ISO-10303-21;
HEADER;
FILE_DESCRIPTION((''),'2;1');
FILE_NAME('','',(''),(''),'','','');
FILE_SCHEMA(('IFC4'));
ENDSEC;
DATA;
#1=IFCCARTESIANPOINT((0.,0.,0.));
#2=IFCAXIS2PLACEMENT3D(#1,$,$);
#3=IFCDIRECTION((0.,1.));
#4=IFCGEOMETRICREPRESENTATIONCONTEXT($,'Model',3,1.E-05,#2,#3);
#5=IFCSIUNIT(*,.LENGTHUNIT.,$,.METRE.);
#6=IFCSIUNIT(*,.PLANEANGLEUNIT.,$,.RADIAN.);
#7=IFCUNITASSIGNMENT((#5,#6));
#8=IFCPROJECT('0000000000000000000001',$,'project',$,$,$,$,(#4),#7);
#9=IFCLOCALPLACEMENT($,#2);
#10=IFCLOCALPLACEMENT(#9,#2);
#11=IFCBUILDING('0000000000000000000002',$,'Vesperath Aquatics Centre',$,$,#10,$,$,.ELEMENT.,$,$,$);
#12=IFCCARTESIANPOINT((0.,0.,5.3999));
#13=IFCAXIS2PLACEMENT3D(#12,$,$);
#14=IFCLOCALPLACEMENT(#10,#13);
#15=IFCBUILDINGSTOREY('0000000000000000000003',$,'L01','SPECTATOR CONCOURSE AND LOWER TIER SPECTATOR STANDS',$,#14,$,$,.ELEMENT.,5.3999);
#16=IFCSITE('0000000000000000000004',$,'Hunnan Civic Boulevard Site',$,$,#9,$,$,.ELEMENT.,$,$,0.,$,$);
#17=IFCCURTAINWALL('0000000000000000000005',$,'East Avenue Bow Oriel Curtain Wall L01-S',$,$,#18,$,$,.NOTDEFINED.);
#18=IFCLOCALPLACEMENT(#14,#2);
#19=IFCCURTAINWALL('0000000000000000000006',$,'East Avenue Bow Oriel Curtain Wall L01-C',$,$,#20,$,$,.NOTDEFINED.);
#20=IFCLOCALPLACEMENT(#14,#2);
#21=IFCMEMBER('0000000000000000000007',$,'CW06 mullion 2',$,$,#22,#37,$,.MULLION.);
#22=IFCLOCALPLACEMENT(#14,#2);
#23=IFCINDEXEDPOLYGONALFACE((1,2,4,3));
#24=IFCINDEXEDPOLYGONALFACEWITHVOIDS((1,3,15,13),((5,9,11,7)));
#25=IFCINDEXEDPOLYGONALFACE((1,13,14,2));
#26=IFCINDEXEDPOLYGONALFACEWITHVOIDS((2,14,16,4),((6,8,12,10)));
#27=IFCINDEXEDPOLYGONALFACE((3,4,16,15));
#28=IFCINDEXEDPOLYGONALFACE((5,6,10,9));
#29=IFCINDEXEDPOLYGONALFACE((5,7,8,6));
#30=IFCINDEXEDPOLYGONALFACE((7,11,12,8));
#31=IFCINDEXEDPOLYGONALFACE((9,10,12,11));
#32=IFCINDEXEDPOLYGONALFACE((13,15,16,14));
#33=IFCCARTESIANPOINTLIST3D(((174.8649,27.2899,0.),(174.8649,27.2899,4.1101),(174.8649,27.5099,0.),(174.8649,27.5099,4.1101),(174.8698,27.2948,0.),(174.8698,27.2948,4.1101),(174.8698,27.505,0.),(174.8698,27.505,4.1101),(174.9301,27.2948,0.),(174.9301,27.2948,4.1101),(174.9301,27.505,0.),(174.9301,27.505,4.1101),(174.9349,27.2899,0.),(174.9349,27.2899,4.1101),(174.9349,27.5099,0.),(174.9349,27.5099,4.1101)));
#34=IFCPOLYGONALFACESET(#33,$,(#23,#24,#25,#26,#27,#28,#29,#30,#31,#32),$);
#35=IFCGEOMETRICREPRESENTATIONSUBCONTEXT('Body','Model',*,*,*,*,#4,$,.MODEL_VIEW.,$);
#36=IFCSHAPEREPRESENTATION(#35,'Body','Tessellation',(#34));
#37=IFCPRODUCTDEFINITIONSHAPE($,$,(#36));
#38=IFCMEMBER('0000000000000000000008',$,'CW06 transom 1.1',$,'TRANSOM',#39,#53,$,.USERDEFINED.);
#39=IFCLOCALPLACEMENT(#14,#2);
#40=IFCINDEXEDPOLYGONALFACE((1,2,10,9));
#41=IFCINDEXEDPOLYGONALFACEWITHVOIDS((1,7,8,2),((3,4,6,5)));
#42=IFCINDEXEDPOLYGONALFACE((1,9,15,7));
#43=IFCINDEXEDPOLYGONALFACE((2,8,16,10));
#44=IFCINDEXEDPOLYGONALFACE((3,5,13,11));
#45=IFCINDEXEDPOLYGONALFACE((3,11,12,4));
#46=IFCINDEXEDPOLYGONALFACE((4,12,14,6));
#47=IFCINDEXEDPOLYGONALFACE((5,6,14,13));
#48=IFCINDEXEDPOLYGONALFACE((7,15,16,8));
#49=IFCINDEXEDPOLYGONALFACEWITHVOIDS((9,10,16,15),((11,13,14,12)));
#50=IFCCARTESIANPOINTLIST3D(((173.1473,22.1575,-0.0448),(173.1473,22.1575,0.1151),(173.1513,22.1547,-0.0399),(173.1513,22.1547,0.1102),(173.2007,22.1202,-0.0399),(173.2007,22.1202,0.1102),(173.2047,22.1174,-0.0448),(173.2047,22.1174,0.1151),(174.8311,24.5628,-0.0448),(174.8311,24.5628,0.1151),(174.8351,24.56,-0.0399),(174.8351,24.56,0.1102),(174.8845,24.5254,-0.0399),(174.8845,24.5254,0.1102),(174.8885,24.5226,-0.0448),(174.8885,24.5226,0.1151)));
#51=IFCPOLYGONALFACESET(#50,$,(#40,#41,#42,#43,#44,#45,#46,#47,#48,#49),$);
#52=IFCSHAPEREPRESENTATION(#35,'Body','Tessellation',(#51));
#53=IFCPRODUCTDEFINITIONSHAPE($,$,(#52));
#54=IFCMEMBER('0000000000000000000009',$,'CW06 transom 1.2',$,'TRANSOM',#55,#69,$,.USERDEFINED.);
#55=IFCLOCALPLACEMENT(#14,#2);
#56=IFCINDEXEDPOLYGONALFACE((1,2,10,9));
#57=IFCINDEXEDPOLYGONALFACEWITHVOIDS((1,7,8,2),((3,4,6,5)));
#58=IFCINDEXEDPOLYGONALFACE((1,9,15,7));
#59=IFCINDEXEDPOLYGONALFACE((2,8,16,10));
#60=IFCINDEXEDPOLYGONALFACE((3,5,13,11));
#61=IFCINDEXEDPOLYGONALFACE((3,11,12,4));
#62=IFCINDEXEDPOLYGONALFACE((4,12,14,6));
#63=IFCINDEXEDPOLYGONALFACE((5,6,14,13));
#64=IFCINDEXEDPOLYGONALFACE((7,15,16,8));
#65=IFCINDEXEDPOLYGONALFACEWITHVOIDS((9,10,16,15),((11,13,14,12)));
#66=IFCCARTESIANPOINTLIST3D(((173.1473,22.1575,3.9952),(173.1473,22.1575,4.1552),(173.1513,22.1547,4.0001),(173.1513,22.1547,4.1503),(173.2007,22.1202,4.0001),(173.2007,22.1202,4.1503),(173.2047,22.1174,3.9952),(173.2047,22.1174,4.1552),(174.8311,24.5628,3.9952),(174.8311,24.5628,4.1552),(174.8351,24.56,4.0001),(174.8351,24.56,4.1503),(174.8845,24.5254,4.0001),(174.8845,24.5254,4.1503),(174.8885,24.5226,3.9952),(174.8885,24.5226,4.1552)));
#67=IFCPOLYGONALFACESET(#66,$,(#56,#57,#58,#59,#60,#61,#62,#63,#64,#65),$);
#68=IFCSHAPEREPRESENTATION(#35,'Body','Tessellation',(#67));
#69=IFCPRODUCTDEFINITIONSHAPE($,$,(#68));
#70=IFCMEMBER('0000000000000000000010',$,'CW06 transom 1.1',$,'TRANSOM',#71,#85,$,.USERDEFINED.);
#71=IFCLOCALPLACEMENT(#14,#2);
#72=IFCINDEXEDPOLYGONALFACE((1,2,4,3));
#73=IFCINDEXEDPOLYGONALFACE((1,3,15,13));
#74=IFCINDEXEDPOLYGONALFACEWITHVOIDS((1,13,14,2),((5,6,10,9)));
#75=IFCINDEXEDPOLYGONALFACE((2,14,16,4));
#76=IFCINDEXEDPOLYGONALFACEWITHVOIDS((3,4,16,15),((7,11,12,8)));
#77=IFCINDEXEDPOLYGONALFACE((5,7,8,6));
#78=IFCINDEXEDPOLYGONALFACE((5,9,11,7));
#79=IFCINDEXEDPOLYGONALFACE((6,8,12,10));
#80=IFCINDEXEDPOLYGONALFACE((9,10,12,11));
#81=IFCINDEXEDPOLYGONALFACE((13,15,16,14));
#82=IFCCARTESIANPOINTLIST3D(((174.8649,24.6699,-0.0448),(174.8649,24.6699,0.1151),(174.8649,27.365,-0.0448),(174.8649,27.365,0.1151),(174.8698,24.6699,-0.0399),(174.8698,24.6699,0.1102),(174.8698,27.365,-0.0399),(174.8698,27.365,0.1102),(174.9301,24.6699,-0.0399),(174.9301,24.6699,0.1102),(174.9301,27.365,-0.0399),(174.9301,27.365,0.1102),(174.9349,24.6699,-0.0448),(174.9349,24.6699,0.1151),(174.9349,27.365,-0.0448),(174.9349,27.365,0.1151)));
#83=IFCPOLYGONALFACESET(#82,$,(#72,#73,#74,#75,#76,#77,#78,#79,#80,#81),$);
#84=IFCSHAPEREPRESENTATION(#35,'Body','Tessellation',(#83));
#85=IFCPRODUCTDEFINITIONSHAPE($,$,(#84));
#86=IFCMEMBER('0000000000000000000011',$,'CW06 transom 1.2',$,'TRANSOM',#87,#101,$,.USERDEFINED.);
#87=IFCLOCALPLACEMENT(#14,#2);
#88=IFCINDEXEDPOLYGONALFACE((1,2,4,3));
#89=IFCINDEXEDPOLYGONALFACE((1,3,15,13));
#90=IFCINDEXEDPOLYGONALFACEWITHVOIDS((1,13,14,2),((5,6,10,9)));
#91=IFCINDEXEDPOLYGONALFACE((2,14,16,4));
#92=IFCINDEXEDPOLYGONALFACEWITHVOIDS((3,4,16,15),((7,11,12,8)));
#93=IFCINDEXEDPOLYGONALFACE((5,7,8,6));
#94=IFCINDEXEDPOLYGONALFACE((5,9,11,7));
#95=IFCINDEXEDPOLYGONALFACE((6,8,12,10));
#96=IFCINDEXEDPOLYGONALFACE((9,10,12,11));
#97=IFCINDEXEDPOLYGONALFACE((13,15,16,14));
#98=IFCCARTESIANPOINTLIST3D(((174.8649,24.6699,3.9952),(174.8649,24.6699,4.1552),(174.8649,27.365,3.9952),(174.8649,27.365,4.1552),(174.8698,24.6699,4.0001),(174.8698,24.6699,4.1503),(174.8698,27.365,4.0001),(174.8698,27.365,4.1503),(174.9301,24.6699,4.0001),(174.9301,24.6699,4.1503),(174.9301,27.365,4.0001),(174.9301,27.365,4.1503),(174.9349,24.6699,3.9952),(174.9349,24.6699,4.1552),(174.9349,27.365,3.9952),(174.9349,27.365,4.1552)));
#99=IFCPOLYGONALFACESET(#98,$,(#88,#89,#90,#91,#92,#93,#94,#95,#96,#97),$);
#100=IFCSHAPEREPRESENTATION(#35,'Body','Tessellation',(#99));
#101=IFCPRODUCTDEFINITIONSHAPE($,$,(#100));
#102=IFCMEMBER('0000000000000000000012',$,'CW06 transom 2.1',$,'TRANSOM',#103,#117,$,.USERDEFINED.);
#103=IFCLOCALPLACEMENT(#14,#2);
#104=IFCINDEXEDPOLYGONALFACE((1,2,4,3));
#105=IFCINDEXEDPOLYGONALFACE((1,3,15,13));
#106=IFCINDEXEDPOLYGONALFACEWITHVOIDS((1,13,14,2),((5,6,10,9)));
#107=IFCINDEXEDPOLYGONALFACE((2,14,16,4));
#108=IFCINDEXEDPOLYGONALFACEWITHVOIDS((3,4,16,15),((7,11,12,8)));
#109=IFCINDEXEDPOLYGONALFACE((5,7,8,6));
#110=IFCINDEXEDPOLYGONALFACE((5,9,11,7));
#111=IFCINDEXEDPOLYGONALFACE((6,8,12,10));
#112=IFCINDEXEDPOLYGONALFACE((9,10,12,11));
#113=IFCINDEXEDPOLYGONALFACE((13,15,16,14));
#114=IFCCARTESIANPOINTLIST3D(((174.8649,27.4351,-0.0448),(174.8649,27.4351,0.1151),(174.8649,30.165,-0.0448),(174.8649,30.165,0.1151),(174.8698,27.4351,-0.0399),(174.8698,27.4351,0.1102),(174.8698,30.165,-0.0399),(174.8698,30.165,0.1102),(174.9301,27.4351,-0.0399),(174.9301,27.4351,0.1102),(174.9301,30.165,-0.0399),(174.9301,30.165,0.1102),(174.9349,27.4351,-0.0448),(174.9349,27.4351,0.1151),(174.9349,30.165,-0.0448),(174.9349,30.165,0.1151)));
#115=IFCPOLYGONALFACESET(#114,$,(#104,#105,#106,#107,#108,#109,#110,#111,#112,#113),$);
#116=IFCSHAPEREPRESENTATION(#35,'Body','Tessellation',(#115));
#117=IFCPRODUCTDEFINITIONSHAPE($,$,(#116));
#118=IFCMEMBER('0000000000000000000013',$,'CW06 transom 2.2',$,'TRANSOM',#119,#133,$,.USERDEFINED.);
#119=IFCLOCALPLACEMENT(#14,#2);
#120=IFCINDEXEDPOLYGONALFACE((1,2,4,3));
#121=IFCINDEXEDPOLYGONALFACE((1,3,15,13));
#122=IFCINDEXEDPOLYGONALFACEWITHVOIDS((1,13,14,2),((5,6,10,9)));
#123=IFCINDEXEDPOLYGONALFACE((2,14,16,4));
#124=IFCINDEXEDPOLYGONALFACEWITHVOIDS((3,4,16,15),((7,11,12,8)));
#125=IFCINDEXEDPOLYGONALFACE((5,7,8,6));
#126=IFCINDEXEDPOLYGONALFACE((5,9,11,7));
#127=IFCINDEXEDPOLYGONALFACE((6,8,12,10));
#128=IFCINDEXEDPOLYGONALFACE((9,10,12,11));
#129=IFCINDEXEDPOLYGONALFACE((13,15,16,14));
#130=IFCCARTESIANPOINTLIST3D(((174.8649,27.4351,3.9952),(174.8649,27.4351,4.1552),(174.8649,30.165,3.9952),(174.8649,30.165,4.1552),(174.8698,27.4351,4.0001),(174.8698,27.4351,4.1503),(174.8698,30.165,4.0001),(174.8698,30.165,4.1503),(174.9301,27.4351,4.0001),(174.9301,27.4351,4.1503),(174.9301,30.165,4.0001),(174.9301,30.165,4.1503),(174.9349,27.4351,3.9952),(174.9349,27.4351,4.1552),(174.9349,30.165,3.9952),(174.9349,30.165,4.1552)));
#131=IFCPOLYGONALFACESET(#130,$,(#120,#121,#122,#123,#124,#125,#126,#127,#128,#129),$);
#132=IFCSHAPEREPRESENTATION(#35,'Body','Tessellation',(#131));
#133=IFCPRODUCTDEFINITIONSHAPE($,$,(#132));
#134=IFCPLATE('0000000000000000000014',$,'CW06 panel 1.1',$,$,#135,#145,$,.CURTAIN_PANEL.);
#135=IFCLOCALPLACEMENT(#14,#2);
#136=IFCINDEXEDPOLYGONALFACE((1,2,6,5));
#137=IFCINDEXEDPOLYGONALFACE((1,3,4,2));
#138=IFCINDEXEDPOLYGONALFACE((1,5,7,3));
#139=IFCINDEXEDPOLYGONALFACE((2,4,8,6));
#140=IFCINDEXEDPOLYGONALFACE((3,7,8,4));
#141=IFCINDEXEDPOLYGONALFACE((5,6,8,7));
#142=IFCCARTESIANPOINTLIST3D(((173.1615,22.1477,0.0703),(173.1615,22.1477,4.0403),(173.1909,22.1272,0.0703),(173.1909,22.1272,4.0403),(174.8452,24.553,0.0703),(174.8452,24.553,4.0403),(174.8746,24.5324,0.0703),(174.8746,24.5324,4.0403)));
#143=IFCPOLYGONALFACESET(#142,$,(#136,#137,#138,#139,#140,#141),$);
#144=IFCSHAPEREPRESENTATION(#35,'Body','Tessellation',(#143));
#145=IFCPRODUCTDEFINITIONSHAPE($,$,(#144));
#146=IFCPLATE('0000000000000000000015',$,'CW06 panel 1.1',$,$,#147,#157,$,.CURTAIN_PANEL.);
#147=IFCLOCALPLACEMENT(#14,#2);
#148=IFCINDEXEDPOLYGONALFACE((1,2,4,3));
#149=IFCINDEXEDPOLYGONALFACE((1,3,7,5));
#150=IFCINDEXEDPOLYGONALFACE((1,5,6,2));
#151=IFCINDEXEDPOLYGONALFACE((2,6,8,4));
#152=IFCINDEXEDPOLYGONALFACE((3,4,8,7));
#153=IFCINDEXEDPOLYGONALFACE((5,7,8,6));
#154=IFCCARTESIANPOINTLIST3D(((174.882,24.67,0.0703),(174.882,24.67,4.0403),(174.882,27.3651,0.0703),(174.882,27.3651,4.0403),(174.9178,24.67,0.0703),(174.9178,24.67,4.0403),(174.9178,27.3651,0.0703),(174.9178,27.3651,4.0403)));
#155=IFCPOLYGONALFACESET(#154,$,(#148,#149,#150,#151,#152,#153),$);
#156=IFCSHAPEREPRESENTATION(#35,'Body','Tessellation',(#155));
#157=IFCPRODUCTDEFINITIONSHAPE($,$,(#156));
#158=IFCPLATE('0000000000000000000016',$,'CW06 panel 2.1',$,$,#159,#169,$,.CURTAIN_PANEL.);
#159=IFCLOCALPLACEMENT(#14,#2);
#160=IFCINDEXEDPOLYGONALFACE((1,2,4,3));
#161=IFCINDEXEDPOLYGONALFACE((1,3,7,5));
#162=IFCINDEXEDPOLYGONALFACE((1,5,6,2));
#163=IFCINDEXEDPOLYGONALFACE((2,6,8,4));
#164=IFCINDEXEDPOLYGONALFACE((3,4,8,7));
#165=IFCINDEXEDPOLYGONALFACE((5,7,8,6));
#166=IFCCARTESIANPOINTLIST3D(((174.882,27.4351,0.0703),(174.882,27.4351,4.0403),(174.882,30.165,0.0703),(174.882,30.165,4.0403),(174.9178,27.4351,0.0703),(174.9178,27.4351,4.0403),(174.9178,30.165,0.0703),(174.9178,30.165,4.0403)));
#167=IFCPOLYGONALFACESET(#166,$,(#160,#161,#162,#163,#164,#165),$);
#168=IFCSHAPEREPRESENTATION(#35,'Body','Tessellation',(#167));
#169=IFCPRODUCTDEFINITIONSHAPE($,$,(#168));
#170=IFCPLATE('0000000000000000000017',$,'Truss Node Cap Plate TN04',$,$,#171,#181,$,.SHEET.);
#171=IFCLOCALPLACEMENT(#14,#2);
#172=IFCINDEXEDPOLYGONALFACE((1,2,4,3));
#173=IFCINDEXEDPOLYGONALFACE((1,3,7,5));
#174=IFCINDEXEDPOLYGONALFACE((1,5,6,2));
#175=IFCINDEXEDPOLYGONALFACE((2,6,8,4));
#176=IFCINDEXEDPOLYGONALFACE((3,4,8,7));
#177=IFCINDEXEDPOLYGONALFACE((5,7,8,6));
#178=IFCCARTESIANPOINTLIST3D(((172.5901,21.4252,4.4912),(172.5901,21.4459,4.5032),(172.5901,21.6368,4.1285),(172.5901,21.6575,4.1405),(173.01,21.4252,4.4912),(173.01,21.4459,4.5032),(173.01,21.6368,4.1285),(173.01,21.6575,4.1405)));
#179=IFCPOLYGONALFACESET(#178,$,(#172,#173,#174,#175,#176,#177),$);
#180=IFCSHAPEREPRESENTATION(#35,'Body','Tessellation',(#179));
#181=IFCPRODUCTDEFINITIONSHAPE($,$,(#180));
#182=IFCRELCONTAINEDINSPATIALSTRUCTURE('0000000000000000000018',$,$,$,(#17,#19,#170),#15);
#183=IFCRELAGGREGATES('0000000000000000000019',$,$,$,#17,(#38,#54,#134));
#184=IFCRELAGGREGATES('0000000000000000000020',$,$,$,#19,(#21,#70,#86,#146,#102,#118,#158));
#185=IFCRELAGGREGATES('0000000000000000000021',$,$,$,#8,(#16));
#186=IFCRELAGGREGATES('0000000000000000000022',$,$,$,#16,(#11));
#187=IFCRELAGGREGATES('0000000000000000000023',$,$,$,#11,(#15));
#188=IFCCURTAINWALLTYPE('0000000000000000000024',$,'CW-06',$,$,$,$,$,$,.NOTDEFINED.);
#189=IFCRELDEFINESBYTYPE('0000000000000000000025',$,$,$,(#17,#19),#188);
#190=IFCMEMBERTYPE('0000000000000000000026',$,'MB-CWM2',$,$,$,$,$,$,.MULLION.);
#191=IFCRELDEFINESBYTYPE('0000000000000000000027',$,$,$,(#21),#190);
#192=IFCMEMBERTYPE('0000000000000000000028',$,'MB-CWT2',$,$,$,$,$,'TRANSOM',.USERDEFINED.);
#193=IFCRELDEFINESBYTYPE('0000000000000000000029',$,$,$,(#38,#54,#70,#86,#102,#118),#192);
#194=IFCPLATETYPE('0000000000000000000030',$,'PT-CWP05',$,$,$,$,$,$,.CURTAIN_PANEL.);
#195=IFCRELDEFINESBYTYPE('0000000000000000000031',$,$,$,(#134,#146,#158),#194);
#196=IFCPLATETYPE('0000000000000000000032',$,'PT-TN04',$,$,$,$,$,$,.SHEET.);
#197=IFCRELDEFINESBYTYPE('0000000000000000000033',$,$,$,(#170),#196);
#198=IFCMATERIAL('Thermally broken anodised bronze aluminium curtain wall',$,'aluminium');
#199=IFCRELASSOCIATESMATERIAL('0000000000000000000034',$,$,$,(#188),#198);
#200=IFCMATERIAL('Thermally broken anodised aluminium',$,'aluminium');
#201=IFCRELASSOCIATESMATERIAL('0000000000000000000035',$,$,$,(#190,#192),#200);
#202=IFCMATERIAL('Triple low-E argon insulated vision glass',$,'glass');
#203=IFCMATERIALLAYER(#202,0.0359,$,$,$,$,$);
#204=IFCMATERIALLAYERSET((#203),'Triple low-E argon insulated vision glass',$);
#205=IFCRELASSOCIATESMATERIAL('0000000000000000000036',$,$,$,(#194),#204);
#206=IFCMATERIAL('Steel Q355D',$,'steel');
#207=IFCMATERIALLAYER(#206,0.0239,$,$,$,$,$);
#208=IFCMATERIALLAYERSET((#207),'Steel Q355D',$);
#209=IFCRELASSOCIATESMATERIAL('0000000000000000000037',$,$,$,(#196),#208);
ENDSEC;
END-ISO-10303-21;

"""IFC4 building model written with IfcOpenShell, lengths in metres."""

from ifc_helpers import new_model, si_unit, direction, frame, origin, origin_2d, place, context, subcontext, project, spatial, rectangle, hollow_rectangle, extrude, material, layer, layer_set, material_profile, profile_set, type_object, element, aggregate, save


model = new_model("IFC4")

# Units and contexts
model_context = context("Model", 3, precision=1e-05, world=origin(), true_north=direction((0.0, 1.0)))
body_context = subcontext(model_context, "Body", "Model", "MODEL_VIEW")
ifc_project = project(units=[si_unit("LENGTHUNIT", "METRE"), si_unit("PLANEANGLEUNIT", "RADIAN")], contexts=[model_context])

# Site, building, storey
site_placement = place(None, origin())
site = spatial("IfcSite", under=ifc_project, at=site_placement, Name="Hunnan Civic Boulevard Site", CompositionType="ELEMENT", RefElevation=0.0)
building_placement = place(site_placement, origin())
building = spatial("IfcBuilding", under=site, at=building_placement, Name="Vesperath Aquatics Centre", CompositionType="ELEMENT")
storey_placement = place(building_placement, frame((0.0, 0.0, 5.3999)))
storey = spatial("IfcBuildingStorey", under=building, at=storey_placement, Name="L01", Description="SPECTATOR CONCOURSE AND LOWER TIER SPECTATOR STANDS", CompositionType="ELEMENT", Elevation=5.3999)

# Shared definitions
ifc_material_1 = material(Name="Steel Q355D", Category="steel")

# Curtain walls, member
ifc_material_2 = material(Name="Thermally broken anodised bronze aluminium curtain wall", Category="aluminium")
curtain_wall_type = type_object("IfcCurtainWallType", Name="CW-06", PredefinedType="NOTDEFINED", material=ifc_material_2)
curtain_wall_1_placement = place(storey_placement, origin())
curtain_wall_1 = element("IfcCurtainWall", 1, at=curtain_wall_1_placement, inside=storey, type_object=curtain_wall_type, Name="East Avenue Bow Oriel Curtain Wall L01-S", PredefinedType="NOTDEFINED")
ifc_material_3 = material(Name="Thermally broken anodised aluminium", Category="aluminium")
ifc_material_profile_1 = material_profile(ifc_material_3, hollow_rectangle(XDim=0.0701, YDim=0.22, WallThickness=0.0049, at=origin_2d()), Name="CWM 70x220x5")
ifc_profile_set_1 = profile_set([ifc_material_profile_1], Name="Thermally broken anodised aluminium")
member_type_1 = type_object("IfcMemberType", Name="MB-CWM2", PredefinedType="MULLION", material=ifc_profile_set_1)
curtain_wall_2_placement = place(storey_placement, origin())
curtain_wall_2 = element("IfcCurtainWall", 2, at=curtain_wall_2_placement, inside=storey, type_object=curtain_wall_type, Name="East Avenue Bow Oriel Curtain Wall L01-C", PredefinedType="NOTDEFINED")
member_1_placement = place(storey_placement, frame((174.8999, 27.3999, 0.0), z_axis=(0.0, 0.0, 1.0), x_axis=(-1.0, 0.0, 0.0)))
member_1 = element("IfcMember", 3, at=member_1_placement, type_object=member_type_1, Name="CW06 mullion 2", PredefinedType="MULLION", context=body_context, shape_type="SweptSolid", body=[
    extrude(hollow_rectangle(XDim=0.0701, YDim=0.22, WallThickness=0.0049, at=origin_2d()), origin(), (0.0, 0.0, 1.0), 4.1101),
])

# Members
ifc_material_profile_2 = material_profile(ifc_material_3, hollow_rectangle(XDim=0.0701, YDim=0.1599, WallThickness=0.0049, at=origin_2d()), Name="CWT 70x160x5")
ifc_profile_set_2 = profile_set([ifc_material_profile_2], Name="Thermally broken anodised aluminium")
member_type_2 = type_object("IfcMemberType", Name="MB-CWT2", ElementType="TRANSOM", PredefinedType="USERDEFINED", material=ifc_profile_set_2)
member_2_placement = place(storey_placement, frame((173.176, 22.1375, 0.0352), z_axis=(0.573496, 0.819208, 0.0), x_axis=(-0.819208, 0.573496, 0.0)))
member_2 = element("IfcMember", 4, at=member_2_placement, type_object=member_type_2, Name="CW06 transom 1.1", ObjectType="TRANSOM", PredefinedType="USERDEFINED", context=body_context, shape_type="SweptSolid", body=[
    extrude(hollow_rectangle(XDim=0.0701, YDim=0.1599, WallThickness=0.0049, at=origin_2d()), origin(), (0.0, 0.0, 1.0), 2.936),
])
member_3_placement = place(storey_placement, frame((173.176, 22.1375, 4.0752), z_axis=(0.573496, 0.819208, 0.0), x_axis=(-0.819208, 0.573496, 0.0)))
member_3 = element("IfcMember", 5, at=member_3_placement, type_object=member_type_2, Name="CW06 transom 1.2", ObjectType="TRANSOM", PredefinedType="USERDEFINED", context=body_context, shape_type="SweptSolid", body=[
    extrude(hollow_rectangle(XDim=0.0701, YDim=0.1599, WallThickness=0.0049, at=origin_2d()), origin(), (0.0, 0.0, 1.0), 2.936),
])
member_4_placement = place(storey_placement, frame((174.8999, 24.6699, 0.0352), z_axis=(0.0, 1.0, 0.0), x_axis=(-1.0, 0.0, 0.0)))
member_4 = element("IfcMember", 6, at=member_4_placement, type_object=member_type_2, Name="CW06 transom 1.1", ObjectType="TRANSOM", PredefinedType="USERDEFINED", context=body_context, shape_type="SweptSolid", body=[
    extrude(hollow_rectangle(XDim=0.0701, YDim=0.1599, WallThickness=0.0049, at=origin_2d()), origin(), (0.0, 0.0, 1.0), 2.6951),
])
member_5_placement = place(storey_placement, frame((174.8999, 24.6699, 4.0752), z_axis=(0.0, 1.0, 0.0), x_axis=(-1.0, 0.0, 0.0)))
member_5 = element("IfcMember", 7, at=member_5_placement, type_object=member_type_2, Name="CW06 transom 1.2", ObjectType="TRANSOM", PredefinedType="USERDEFINED", context=body_context, shape_type="SweptSolid", body=[
    extrude(hollow_rectangle(XDim=0.0701, YDim=0.1599, WallThickness=0.0049, at=origin_2d()), origin(), (0.0, 0.0, 1.0), 2.6951),
])
member_6_placement = place(storey_placement, frame((174.8999, 27.4351, 0.0352), z_axis=(0.0, 1.0, 0.0), x_axis=(-1.0, 0.0, 0.0)))
member_6 = element("IfcMember", 8, at=member_6_placement, type_object=member_type_2, Name="CW06 transom 2.1", ObjectType="TRANSOM", PredefinedType="USERDEFINED", context=body_context, shape_type="SweptSolid", body=[
    extrude(hollow_rectangle(XDim=0.0701, YDim=0.1599, WallThickness=0.0049, at=origin_2d()), origin(), (0.0, 0.0, 1.0), 2.73),
])
member_7_placement = place(storey_placement, frame((174.8999, 27.4351, 4.0752), z_axis=(0.0, 1.0, 0.0), x_axis=(-1.0, 0.0, 0.0)))
member_7 = element("IfcMember", 9, at=member_7_placement, type_object=member_type_2, Name="CW06 transom 2.2", ObjectType="TRANSOM", PredefinedType="USERDEFINED", context=body_context, shape_type="SweptSolid", body=[
    extrude(hollow_rectangle(XDim=0.0701, YDim=0.1599, WallThickness=0.0049, at=origin_2d()), origin(), (0.0, 0.0, 1.0), 2.73),
])

# Plates
ifc_material_4 = material(Name="Triple low-E argon insulated vision glass", Category="glass")
ifc_layer_1 = layer(ifc_material_4, 0.0359)
ifc_layer_set_1 = layer_set([ifc_layer_1], Name="Triple low-E argon insulated vision glass")
plate_type_1 = type_object("IfcPlateType", Name="PT-CWP05", PredefinedType="CURTAIN_PANEL", material=ifc_layer_set_1)
plate_1_placement = place(storey_placement, frame((174.0181, 23.3401, 0.0703), z_axis=(0.0, 0.0, 1.0), x_axis=(0.573462, 0.819232, 0.0)))
plate_1 = element("IfcPlate", 10, at=plate_1_placement, type_object=plate_type_1, Name="CW06 panel 1.1", PredefinedType="CURTAIN_PANEL", context=body_context, shape_type="SweptSolid", body=[
    extrude(rectangle(XDim=2.936, YDim=0.0359, at=origin_2d()), origin(), (0.0, 0.0, 1.0), 3.97),
])
aggregate(curtain_wall_1, [member_2, member_3, plate_1])
plate_2_placement = place(storey_placement, frame((174.8999, 26.0176, 0.0703), z_axis=(0.0, 0.0, 1.0), x_axis=(0.0, 1.0, 0.0)))
plate_2 = element("IfcPlate", 11, at=plate_2_placement, type_object=plate_type_1, Name="CW06 panel 1.1", PredefinedType="CURTAIN_PANEL", context=body_context, shape_type="SweptSolid", body=[
    extrude(rectangle(XDim=2.6951, YDim=0.0359, at=origin_2d()), origin(), (0.0, 0.0, 1.0), 3.97),
])
plate_3_placement = place(storey_placement, frame((174.8999, 28.8, 0.0703), z_axis=(0.0, 0.0, 1.0), x_axis=(0.0, 1.0, 0.0)))
plate_3 = element("IfcPlate", 12, at=plate_3_placement, type_object=plate_type_1, Name="CW06 panel 2.1", PredefinedType="CURTAIN_PANEL", context=body_context, shape_type="SweptSolid", body=[
    extrude(rectangle(XDim=2.73, YDim=0.0359, at=origin_2d()), origin(), (0.0, 0.0, 1.0), 3.97),
])
aggregate(curtain_wall_2, [member_1, member_4, member_5, plate_2, member_6, member_7, plate_3])
ifc_layer_2 = layer(ifc_material_1, 0.0239)
ifc_layer_set_2 = layer_set([ifc_layer_2], Name="Steel Q355D")
plate_type_2 = type_object("IfcPlateType", Name="PT-TN04", PredefinedType="SHEET", material=ifc_layer_set_2)
plate_4_placement = place(storey_placement, frame((172.8, 21.531, 4.3098), z_axis=(0.0, 0.863779, 0.503871), x_axis=(-1.0, 0.0, 0.0)))
element("IfcPlate", 13, at=plate_4_placement, inside=storey, type_object=plate_type_2, Name="Truss Node Cap Plate TN04", PredefinedType="SHEET", context=body_context, shape_type="SweptSolid", body=[
    extrude(rectangle(XDim=0.4199, YDim=0.4199, at=origin_2d()), origin(), (0.0, 0.0, 1.0), 0.0239),
])

save(model, "model.ifc")
